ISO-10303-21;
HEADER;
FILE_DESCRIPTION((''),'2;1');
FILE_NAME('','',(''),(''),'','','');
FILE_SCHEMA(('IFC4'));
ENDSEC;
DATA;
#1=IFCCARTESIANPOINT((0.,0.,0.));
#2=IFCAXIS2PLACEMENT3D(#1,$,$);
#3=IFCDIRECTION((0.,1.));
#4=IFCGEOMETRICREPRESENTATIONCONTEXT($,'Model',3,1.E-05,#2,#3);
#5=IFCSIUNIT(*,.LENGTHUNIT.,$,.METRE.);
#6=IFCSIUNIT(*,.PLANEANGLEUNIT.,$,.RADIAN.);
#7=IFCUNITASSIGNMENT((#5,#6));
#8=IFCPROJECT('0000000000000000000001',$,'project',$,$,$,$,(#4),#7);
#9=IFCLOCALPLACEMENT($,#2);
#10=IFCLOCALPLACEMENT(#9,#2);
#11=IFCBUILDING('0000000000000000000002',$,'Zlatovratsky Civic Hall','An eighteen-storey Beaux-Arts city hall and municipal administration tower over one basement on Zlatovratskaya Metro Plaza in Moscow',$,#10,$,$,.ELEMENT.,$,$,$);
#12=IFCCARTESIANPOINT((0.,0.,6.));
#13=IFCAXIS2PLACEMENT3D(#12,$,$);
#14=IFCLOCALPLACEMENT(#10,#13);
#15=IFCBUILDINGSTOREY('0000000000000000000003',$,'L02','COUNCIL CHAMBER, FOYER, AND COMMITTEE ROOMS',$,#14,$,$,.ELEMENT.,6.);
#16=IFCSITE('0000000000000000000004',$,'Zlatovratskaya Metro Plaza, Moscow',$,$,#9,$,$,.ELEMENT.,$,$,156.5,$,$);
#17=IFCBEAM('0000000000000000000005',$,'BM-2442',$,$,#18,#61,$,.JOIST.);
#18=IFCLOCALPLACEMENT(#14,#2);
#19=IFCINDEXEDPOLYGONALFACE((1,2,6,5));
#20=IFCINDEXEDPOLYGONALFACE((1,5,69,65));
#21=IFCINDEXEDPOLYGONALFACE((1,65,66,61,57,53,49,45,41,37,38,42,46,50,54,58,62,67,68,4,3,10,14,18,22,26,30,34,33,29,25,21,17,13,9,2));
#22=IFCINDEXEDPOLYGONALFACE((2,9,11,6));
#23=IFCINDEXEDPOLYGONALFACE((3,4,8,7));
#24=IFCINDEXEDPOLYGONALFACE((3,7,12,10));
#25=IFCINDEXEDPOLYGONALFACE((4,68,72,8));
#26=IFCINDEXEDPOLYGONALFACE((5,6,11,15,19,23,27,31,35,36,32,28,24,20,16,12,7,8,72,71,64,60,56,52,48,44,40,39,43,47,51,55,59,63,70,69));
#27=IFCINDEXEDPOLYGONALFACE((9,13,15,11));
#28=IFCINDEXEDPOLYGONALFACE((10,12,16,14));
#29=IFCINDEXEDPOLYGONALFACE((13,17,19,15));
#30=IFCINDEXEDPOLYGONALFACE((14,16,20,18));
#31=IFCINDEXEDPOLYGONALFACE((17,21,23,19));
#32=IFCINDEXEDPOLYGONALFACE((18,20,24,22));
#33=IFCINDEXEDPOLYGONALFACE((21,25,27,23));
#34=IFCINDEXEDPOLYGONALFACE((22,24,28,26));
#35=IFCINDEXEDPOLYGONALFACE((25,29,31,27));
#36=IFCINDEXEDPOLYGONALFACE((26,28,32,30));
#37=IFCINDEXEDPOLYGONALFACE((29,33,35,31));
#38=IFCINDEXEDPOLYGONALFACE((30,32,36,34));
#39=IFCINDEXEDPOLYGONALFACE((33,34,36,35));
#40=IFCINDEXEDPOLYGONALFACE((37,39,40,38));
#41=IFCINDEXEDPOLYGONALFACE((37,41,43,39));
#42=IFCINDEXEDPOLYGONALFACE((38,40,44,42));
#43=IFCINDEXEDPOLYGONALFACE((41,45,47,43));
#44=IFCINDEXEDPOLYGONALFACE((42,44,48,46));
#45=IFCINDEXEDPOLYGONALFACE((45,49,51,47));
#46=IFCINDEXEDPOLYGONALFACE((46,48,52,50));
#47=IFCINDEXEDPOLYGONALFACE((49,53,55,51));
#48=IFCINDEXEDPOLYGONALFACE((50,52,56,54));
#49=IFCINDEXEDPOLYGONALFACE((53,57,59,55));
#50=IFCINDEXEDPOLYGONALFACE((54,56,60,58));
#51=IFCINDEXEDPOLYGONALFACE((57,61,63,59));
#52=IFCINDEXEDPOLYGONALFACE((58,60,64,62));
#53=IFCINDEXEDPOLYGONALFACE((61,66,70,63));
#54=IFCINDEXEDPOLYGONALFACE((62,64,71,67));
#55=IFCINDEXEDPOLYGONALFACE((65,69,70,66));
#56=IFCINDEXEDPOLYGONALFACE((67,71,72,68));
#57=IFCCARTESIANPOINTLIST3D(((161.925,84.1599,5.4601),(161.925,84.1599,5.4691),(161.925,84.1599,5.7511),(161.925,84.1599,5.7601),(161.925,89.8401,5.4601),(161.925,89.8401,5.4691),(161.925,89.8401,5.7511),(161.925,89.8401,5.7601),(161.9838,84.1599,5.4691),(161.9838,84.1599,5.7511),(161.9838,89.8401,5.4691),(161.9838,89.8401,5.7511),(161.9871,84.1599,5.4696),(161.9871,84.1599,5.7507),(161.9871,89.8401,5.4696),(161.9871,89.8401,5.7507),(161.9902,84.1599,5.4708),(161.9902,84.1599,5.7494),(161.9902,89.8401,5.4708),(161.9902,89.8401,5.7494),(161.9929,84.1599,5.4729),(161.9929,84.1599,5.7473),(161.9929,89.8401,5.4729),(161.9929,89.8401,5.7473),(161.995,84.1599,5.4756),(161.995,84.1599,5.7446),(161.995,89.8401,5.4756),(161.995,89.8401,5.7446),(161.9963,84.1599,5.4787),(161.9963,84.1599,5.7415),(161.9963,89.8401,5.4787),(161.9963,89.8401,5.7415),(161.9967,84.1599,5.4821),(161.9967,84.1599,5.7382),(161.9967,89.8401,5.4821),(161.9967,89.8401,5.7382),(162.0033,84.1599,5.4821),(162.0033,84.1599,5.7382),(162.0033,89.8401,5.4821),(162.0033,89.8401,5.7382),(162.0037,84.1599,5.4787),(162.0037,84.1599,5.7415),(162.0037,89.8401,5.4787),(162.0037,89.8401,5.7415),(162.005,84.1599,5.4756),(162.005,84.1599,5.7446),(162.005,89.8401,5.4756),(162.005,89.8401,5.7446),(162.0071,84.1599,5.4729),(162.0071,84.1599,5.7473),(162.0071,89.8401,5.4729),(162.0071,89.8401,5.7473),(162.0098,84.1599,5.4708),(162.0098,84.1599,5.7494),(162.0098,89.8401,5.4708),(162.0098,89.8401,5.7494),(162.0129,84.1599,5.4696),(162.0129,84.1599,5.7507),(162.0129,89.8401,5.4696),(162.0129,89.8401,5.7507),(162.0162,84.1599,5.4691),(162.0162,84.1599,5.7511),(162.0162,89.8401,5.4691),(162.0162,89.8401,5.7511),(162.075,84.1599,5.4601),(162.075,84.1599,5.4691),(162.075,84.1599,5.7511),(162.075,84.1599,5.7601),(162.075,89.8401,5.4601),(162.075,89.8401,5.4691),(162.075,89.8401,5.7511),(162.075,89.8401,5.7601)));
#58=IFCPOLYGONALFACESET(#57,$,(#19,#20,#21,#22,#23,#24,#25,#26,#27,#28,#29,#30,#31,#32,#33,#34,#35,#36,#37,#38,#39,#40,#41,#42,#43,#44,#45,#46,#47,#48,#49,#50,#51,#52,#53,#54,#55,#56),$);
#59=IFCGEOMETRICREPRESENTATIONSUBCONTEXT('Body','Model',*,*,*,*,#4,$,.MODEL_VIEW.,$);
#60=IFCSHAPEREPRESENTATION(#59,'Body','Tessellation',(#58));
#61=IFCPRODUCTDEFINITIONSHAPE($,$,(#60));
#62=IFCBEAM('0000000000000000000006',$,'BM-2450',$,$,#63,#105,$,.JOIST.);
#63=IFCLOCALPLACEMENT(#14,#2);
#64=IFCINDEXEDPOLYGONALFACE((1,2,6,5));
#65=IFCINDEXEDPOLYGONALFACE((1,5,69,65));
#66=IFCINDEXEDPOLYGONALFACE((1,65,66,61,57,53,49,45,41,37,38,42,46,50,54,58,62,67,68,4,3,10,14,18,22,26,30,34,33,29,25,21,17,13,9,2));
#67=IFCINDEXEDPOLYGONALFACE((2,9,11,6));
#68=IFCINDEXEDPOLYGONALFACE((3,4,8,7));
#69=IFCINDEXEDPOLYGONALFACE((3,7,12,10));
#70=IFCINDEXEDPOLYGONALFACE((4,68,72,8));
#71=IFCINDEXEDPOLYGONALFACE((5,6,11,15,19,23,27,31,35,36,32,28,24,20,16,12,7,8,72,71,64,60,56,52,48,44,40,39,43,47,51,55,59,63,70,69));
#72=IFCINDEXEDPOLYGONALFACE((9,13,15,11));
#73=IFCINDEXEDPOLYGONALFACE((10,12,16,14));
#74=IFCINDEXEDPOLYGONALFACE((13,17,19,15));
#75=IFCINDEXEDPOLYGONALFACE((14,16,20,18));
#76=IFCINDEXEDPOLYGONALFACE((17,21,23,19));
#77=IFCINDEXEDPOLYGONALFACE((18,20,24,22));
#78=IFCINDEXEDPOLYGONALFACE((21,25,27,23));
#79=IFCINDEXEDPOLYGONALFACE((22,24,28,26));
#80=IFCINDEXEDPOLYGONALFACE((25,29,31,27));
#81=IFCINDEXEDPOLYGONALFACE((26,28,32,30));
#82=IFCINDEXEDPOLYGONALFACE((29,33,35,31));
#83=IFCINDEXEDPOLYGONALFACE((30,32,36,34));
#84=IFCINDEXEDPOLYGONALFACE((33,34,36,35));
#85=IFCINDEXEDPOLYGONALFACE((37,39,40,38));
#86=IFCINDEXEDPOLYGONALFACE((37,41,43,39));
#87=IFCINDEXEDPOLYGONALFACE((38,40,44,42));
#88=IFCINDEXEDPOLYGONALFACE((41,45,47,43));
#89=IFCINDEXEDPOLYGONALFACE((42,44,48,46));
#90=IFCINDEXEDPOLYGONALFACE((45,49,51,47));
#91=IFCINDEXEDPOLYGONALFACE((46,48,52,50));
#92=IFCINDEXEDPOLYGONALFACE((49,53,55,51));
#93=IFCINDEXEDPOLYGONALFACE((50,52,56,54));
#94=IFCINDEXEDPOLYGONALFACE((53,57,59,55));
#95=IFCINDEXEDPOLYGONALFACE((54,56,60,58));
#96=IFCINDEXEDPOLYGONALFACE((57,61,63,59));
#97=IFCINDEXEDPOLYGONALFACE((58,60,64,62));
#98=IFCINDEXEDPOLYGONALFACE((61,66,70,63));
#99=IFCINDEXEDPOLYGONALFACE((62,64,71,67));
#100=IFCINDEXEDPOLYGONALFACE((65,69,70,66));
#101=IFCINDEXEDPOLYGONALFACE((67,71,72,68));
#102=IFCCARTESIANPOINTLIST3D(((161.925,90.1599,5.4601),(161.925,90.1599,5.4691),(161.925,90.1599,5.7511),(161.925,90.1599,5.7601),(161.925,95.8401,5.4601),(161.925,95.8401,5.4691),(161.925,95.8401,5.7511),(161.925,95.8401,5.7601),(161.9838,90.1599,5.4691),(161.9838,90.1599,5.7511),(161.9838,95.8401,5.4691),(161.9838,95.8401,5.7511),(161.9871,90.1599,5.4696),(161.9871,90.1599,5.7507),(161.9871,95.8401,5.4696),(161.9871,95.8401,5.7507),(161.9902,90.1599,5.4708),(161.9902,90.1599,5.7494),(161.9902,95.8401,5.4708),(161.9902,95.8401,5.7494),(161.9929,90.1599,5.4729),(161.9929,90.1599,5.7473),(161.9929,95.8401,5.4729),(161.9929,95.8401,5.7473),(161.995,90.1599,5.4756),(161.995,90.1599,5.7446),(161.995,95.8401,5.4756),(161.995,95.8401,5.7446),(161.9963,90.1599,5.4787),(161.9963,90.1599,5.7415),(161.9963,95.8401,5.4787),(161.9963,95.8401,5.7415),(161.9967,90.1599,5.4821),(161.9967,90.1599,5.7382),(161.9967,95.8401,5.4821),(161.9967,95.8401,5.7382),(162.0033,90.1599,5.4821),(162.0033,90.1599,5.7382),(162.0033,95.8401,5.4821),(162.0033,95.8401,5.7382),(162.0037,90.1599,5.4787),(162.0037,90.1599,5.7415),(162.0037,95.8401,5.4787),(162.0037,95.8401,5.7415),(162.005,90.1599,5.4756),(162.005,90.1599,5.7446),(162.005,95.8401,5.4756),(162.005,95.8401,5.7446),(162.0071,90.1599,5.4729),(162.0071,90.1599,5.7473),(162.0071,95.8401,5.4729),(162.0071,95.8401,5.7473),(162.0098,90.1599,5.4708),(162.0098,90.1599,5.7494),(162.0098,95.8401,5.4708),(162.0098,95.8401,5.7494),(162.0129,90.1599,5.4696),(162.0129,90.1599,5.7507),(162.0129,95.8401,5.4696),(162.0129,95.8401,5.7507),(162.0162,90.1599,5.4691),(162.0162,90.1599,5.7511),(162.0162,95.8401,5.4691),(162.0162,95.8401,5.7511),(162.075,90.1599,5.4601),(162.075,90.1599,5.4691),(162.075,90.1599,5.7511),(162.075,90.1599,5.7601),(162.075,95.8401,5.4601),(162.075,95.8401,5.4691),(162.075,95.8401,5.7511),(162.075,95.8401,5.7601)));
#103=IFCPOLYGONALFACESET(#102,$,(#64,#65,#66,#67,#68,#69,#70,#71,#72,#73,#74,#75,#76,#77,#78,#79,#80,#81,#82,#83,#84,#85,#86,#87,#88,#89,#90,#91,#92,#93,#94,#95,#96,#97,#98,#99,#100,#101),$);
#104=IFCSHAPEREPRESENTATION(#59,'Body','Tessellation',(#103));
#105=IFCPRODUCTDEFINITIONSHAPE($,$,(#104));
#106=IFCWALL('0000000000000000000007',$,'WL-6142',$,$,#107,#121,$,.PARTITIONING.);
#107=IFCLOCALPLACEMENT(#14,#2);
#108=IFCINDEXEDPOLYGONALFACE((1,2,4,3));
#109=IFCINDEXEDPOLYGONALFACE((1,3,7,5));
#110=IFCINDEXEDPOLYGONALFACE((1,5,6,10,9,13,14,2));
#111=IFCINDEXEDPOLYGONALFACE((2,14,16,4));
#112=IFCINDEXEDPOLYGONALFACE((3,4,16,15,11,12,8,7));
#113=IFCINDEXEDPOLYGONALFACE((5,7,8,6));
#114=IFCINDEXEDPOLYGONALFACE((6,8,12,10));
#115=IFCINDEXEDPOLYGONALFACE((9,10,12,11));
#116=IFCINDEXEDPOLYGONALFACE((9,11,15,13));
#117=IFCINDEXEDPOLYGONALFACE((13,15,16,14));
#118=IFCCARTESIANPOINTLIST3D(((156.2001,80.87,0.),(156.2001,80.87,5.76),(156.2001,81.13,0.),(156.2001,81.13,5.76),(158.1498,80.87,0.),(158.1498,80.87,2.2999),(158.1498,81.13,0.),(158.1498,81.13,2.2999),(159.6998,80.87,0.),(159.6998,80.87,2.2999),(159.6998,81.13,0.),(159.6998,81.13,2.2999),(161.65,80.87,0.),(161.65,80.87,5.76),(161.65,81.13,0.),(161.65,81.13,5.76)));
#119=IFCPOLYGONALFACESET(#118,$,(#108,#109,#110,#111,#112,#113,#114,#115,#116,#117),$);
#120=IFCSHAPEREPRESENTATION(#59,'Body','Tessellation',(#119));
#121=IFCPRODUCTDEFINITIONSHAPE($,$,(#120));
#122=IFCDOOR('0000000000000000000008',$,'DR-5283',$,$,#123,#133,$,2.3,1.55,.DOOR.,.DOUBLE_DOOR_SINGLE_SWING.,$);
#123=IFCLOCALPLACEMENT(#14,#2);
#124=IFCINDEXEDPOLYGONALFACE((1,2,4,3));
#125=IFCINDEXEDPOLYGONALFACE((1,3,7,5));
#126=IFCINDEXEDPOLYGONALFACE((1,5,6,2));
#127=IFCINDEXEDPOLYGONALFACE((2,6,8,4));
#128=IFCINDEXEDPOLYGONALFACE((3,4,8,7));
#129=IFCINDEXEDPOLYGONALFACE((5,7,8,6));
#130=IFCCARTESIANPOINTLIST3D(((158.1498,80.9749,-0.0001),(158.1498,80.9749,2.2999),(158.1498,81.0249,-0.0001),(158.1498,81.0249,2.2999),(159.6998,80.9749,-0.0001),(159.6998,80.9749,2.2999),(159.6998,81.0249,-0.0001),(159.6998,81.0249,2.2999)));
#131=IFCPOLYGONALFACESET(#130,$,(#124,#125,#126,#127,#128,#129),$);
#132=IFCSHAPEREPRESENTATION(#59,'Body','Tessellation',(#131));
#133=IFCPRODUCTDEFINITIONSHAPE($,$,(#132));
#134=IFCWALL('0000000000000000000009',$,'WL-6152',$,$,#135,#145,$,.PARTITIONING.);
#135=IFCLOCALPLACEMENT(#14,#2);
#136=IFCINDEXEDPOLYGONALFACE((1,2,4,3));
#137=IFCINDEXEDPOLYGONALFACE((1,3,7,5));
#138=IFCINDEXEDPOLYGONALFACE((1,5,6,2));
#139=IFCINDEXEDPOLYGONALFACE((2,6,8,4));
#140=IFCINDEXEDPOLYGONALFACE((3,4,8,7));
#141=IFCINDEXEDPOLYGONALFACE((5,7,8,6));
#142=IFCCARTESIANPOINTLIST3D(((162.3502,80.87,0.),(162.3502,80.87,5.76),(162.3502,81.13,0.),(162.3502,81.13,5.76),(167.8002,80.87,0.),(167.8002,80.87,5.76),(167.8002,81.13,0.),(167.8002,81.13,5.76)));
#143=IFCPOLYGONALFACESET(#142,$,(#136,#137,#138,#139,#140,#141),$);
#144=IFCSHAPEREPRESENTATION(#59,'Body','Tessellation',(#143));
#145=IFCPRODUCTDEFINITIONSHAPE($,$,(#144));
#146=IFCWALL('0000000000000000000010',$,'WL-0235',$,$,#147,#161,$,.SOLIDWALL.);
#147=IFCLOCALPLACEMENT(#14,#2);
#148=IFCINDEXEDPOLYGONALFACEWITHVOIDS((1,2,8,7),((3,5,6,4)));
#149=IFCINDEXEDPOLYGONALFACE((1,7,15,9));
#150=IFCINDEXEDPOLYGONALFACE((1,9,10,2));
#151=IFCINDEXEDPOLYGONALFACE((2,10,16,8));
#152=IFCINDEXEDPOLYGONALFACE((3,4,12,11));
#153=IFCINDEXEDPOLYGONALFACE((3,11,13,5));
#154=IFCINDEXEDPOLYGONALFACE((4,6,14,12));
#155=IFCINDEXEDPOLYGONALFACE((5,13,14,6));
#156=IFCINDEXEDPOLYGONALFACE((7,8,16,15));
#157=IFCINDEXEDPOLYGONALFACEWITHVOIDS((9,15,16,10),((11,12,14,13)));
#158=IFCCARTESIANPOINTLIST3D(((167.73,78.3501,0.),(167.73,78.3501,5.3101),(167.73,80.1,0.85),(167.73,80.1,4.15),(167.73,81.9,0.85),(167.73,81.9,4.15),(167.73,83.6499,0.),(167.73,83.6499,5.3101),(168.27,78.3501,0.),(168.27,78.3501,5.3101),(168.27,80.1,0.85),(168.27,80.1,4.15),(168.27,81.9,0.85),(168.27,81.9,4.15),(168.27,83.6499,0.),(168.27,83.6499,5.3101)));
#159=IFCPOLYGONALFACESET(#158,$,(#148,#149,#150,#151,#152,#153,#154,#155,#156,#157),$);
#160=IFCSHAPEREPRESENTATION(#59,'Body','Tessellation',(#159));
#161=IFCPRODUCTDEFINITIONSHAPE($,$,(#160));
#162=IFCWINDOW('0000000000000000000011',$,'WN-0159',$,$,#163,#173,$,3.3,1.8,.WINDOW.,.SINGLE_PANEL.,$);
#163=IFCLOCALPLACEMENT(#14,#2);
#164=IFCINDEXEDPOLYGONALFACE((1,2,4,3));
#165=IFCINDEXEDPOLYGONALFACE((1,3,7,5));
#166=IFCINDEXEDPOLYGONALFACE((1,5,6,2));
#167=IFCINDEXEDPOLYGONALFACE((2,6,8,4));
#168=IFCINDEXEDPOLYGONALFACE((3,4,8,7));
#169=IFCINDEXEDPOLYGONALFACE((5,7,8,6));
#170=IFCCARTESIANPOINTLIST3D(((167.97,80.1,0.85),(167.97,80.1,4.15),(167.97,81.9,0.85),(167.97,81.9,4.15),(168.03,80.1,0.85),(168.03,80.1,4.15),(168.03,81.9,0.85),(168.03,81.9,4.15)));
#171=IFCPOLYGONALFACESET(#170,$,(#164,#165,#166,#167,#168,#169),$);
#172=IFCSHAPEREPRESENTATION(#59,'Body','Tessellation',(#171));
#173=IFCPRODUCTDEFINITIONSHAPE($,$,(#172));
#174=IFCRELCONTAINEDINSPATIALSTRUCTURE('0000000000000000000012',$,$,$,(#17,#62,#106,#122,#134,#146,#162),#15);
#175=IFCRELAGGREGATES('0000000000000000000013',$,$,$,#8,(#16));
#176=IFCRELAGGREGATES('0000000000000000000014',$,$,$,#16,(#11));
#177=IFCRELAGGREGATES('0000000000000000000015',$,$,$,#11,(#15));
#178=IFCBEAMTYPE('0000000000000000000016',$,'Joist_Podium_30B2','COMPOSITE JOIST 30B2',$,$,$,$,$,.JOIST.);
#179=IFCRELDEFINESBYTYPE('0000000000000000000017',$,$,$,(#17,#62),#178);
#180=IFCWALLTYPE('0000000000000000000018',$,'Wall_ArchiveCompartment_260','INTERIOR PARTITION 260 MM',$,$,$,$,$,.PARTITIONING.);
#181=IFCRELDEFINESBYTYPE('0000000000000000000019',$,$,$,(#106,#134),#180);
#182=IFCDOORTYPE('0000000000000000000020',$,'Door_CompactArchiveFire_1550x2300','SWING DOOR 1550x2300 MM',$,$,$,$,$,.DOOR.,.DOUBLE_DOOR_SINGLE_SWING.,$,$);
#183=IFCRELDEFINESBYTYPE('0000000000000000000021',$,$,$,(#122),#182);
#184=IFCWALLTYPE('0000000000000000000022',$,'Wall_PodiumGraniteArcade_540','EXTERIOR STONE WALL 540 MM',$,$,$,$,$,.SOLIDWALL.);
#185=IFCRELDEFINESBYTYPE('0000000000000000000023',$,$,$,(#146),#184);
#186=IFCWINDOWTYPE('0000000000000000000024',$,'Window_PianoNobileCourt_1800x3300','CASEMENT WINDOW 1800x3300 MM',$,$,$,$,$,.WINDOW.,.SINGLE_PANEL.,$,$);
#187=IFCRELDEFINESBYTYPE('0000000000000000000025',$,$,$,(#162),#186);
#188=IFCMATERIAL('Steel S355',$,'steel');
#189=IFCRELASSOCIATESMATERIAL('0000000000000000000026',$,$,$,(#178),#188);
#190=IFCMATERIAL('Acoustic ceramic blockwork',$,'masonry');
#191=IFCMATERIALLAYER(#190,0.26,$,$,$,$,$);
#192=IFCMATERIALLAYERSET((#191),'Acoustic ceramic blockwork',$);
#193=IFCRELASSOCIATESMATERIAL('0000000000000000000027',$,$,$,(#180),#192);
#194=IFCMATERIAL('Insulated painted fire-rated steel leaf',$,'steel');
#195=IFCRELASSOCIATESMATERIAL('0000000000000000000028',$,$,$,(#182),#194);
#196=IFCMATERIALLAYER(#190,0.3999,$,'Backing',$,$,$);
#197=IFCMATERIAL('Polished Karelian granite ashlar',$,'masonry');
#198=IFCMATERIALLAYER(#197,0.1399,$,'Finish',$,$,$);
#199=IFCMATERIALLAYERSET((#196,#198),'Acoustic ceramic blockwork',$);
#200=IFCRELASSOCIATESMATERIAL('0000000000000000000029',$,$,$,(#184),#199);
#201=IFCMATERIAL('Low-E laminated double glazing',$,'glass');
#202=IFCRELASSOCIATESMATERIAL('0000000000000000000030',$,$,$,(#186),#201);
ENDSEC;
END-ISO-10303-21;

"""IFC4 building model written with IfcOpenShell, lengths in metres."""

from ifc_helpers import new_model, si_unit, direction, frame, frame_2d, origin, origin_2d, place, context, subcontext, project, spatial, rectangle, i_section, extrude, material, layer, layer_set, material_profile, profile_set, type_object, element, fill, save


model = new_model("IFC4")

# Units and contexts
model_context = context("Model", 3, precision=1e-05, world=origin(), true_north=direction((0.0, 1.0)))
body_context = subcontext(model_context, "Body", "Model", "MODEL_VIEW")
ifc_project = project(units=[si_unit("LENGTHUNIT", "METRE"), si_unit("PLANEANGLEUNIT", "RADIAN")], contexts=[model_context])

# Site, building, storey
site_placement = place(None, origin())
site = spatial("IfcSite", under=ifc_project, at=site_placement, Name="Zlatovratskaya Metro Plaza, Moscow", CompositionType="ELEMENT", RefElevation=156.5)
building_placement = place(site_placement, origin())
building = spatial("IfcBuilding", under=site, at=building_placement, Name="Zlatovratsky Civic Hall", Description="An eighteen-storey Beaux-Arts city hall and municipal administration tower over one basement on Zlatovratskaya Metro Plaza in Moscow", CompositionType="ELEMENT")
storey_placement = place(building_placement, frame((0.0, 0.0, 6.0)))
storey = spatial("IfcBuildingStorey", under=building, at=storey_placement, Name="L02", Description="COUNCIL CHAMBER, FOYER, AND COMMITTEE ROOMS", CompositionType="ELEMENT", Elevation=6.0)

# Beams
ifc_material_1 = material(Name="Steel S355", Category="steel")
ifc_material_profile_1 = material_profile(ifc_material_1, i_section(OverallWidth=0.1499, OverallDepth=0.3, WebThickness=0.0066, FlangeThickness=0.009, FilletRadius=0.0129, at=origin_2d()), Name="30B2")
ifc_profile_set_1 = profile_set([ifc_material_profile_1], Name="Steel S355")
beam_type_1 = type_object("IfcBeamType", Name="Joist_Podium_30B2", Description="COMPOSITE JOIST 30B2", PredefinedType="JOIST", material=ifc_profile_set_1)
for number, where, z_axis, x_axis, name in (
    (1, (162.0, 84.1599, 5.6101), (0.0, 1.0, 0.0), (-1.0, 0.0, 0.0), "BM-2442"),
    (2, (162.0, 90.1599, 5.6101), (0.0, 1.0, 0.0), (-1.0, 0.0, 0.0), "BM-2450"),
):
    element("IfcBeam", number, at=place(storey_placement, frame(where, z_axis=z_axis, x_axis=x_axis)), inside=storey, type_object=beam_type_1, Name=name, PredefinedType="JOIST", context=body_context, shape_type="SweptSolid", body=[
        extrude(i_section(OverallWidth=0.1499, OverallDepth=0.3, WebThickness=0.0066, FlangeThickness=0.009, FilletRadius=0.0129, at=origin_2d()), origin(), (0.0, 0.0, 1.0), 5.6802),
    ])

# Wall, opening, door
ifc_material_2 = material(Name="Acoustic ceramic blockwork", Category="masonry")
ifc_layer_1 = layer(ifc_material_2, 0.26)
ifc_layer_set_1 = layer_set([ifc_layer_1], Name="Acoustic ceramic blockwork")
wall_type_1 = type_object("IfcWallType", Name="Wall_ArchiveCompartment_260", Description="INTERIOR PARTITION 260 MM", PredefinedType="PARTITIONING", material=ifc_layer_set_1)
wall_1_placement = place(storey_placement, frame((156.2, 81.0, 0.0), z_axis=(0.0, 0.0, 1.0), x_axis=(1.0, 0.0, 0.0)))
wall_1 = element("IfcWall", 3, at=wall_1_placement, inside=storey, type_object=wall_type_1, Name="WL-6142", PredefinedType="PARTITIONING", context=body_context, shape_type="SweptSolid", body=[
    extrude(rectangle(XDim=5.45, YDim=0.26, at=frame_2d((2.7251, 0.0))), origin(), (0.0, 0.0, 1.0), 5.76),
])
opening_1_placement = place(wall_1_placement, frame((1.95, 0.0, 0.0)))
opening_1 = element("IfcOpeningElement", 4, at=opening_1_placement, cuts=wall_1, PredefinedType="OPENING", context=body_context, shape_type="SweptSolid", body=[
    extrude(rectangle(XDim=1.55, YDim=2.3, at=frame_2d((0.7749, 1.1499))), frame((0.0, 0.145, 0.0), z_axis=(0.0, -1.0, 0.0), x_axis=(1.0, 0.0, 0.0)), (0.0, 0.0, 1.0), 0.2898),
])
ifc_material_3 = material(Name="Insulated painted fire-rated steel leaf", Category="steel")
door_type = type_object("IfcDoorType", Name="Door_CompactArchiveFire_1550x2300", Description="SWING DOOR 1550x2300 MM", OperationType="DOUBLE_DOOR_SINGLE_SWING", PredefinedType="DOOR", material=ifc_material_3)
door_placement = place(opening_1_placement, origin())
door = element("IfcDoor", 5, at=door_placement, inside=storey, type_object=door_type, Name="DR-5283", OperationType="DOUBLE_DOOR_SINGLE_SWING", OverallHeight=2.3, OverallWidth=1.55, PredefinedType="DOOR", context=body_context, shape_type="SweptSolid", body=[
    extrude(rectangle(XDim=1.55, YDim=2.3, at=frame_2d((0.7749, 1.1499))), frame((0.0, 0.0249, 0.0), z_axis=(0.0, -1.0, 0.0), x_axis=(1.0, 0.0, 0.0)), (0.0, 0.0, 1.0), 0.05),
])
fill(opening_1, door)

# Wall
wall_2_placement = place(storey_placement, frame((162.3501, 81.0, 0.0), z_axis=(0.0, 0.0, 1.0), x_axis=(1.0, 0.0, 0.0)))
element("IfcWall", 6, at=wall_2_placement, inside=storey, type_object=wall_type_1, Name="WL-6152", PredefinedType="PARTITIONING", context=body_context, shape_type="SweptSolid", body=[
    extrude(rectangle(XDim=5.45, YDim=0.26, at=frame_2d((2.7251, 0.0))), origin(), (0.0, 0.0, 1.0), 5.76),
])

# Wall, opening, window
ifc_layer_2 = layer(ifc_material_2, 0.3999, Name="Backing")
ifc_material_4 = material(Name="Polished Karelian granite ashlar", Category="masonry")
ifc_layer_3 = layer(ifc_material_4, 0.1399, Name="Finish")
ifc_layer_set_2 = layer_set([ifc_layer_2, ifc_layer_3], Name="Acoustic ceramic blockwork")
wall_type_2 = type_object("IfcWallType", Name="Wall_PodiumGraniteArcade_540", Description="EXTERIOR STONE WALL 540 MM", PredefinedType="SOLIDWALL", material=ifc_layer_set_2)
wall_3_placement = place(storey_placement, frame((168.0, 78.3501, 0.0), z_axis=(0.0, 0.0, 1.0), x_axis=(0.0, 1.0, 0.0)))
wall_3 = element("IfcWall", 7, at=wall_3_placement, inside=storey, type_object=wall_type_2, Name="WL-0235", PredefinedType="SOLIDWALL", context=body_context, shape_type="SweptSolid", body=[
    extrude(rectangle(XDim=5.2998, YDim=0.54, at=frame_2d((2.6499, 0.0))), origin(), (0.0, 0.0, 1.0), 5.3101),
])
opening_2_placement = place(wall_3_placement, frame((1.75, 0.0, 0.8501)))
opening_2 = element("IfcOpeningElement", 8, at=opening_2_placement, cuts=wall_3, PredefinedType="OPENING", context=body_context, shape_type="SweptSolid", body=[
    extrude(rectangle(XDim=1.8, YDim=3.3, at=frame_2d((0.8999, 1.6499))), frame((0.0, 0.2849, 0.0), z_axis=(0.0, -1.0, 0.0), x_axis=(1.0, 0.0, 0.0)), (0.0, 0.0, 1.0), 0.5698),
])
ifc_material_5 = material(Name="Low-E laminated double glazing", Category="glass")
window_type = type_object("IfcWindowType", Name="Window_PianoNobileCourt_1800x3300", Description="CASEMENT WINDOW 1800x3300 MM", PartitioningType="SINGLE_PANEL", PredefinedType="WINDOW", material=ifc_material_5)
window_1_placement = place(opening_2_placement, origin())
window_1 = element("IfcWindow", 9, at=window_1_placement, inside=storey, type_object=window_type, Name="WN-0159", OverallHeight=3.3, OverallWidth=1.8, PartitioningType="SINGLE_PANEL", PredefinedType="WINDOW", context=body_context, shape_type="SweptSolid", body=[
    extrude(rectangle(XDim=1.8, YDim=3.3, at=frame_2d((0.8999, 1.6499))), frame((0.0, 0.03, 0.0), z_axis=(0.0, -1.0, 0.0), x_axis=(1.0, 0.0, 0.0)), (0.0, 0.0, 1.0), 0.0601),
])
fill(opening_2, window_1)

save(model, "model.ifc")
